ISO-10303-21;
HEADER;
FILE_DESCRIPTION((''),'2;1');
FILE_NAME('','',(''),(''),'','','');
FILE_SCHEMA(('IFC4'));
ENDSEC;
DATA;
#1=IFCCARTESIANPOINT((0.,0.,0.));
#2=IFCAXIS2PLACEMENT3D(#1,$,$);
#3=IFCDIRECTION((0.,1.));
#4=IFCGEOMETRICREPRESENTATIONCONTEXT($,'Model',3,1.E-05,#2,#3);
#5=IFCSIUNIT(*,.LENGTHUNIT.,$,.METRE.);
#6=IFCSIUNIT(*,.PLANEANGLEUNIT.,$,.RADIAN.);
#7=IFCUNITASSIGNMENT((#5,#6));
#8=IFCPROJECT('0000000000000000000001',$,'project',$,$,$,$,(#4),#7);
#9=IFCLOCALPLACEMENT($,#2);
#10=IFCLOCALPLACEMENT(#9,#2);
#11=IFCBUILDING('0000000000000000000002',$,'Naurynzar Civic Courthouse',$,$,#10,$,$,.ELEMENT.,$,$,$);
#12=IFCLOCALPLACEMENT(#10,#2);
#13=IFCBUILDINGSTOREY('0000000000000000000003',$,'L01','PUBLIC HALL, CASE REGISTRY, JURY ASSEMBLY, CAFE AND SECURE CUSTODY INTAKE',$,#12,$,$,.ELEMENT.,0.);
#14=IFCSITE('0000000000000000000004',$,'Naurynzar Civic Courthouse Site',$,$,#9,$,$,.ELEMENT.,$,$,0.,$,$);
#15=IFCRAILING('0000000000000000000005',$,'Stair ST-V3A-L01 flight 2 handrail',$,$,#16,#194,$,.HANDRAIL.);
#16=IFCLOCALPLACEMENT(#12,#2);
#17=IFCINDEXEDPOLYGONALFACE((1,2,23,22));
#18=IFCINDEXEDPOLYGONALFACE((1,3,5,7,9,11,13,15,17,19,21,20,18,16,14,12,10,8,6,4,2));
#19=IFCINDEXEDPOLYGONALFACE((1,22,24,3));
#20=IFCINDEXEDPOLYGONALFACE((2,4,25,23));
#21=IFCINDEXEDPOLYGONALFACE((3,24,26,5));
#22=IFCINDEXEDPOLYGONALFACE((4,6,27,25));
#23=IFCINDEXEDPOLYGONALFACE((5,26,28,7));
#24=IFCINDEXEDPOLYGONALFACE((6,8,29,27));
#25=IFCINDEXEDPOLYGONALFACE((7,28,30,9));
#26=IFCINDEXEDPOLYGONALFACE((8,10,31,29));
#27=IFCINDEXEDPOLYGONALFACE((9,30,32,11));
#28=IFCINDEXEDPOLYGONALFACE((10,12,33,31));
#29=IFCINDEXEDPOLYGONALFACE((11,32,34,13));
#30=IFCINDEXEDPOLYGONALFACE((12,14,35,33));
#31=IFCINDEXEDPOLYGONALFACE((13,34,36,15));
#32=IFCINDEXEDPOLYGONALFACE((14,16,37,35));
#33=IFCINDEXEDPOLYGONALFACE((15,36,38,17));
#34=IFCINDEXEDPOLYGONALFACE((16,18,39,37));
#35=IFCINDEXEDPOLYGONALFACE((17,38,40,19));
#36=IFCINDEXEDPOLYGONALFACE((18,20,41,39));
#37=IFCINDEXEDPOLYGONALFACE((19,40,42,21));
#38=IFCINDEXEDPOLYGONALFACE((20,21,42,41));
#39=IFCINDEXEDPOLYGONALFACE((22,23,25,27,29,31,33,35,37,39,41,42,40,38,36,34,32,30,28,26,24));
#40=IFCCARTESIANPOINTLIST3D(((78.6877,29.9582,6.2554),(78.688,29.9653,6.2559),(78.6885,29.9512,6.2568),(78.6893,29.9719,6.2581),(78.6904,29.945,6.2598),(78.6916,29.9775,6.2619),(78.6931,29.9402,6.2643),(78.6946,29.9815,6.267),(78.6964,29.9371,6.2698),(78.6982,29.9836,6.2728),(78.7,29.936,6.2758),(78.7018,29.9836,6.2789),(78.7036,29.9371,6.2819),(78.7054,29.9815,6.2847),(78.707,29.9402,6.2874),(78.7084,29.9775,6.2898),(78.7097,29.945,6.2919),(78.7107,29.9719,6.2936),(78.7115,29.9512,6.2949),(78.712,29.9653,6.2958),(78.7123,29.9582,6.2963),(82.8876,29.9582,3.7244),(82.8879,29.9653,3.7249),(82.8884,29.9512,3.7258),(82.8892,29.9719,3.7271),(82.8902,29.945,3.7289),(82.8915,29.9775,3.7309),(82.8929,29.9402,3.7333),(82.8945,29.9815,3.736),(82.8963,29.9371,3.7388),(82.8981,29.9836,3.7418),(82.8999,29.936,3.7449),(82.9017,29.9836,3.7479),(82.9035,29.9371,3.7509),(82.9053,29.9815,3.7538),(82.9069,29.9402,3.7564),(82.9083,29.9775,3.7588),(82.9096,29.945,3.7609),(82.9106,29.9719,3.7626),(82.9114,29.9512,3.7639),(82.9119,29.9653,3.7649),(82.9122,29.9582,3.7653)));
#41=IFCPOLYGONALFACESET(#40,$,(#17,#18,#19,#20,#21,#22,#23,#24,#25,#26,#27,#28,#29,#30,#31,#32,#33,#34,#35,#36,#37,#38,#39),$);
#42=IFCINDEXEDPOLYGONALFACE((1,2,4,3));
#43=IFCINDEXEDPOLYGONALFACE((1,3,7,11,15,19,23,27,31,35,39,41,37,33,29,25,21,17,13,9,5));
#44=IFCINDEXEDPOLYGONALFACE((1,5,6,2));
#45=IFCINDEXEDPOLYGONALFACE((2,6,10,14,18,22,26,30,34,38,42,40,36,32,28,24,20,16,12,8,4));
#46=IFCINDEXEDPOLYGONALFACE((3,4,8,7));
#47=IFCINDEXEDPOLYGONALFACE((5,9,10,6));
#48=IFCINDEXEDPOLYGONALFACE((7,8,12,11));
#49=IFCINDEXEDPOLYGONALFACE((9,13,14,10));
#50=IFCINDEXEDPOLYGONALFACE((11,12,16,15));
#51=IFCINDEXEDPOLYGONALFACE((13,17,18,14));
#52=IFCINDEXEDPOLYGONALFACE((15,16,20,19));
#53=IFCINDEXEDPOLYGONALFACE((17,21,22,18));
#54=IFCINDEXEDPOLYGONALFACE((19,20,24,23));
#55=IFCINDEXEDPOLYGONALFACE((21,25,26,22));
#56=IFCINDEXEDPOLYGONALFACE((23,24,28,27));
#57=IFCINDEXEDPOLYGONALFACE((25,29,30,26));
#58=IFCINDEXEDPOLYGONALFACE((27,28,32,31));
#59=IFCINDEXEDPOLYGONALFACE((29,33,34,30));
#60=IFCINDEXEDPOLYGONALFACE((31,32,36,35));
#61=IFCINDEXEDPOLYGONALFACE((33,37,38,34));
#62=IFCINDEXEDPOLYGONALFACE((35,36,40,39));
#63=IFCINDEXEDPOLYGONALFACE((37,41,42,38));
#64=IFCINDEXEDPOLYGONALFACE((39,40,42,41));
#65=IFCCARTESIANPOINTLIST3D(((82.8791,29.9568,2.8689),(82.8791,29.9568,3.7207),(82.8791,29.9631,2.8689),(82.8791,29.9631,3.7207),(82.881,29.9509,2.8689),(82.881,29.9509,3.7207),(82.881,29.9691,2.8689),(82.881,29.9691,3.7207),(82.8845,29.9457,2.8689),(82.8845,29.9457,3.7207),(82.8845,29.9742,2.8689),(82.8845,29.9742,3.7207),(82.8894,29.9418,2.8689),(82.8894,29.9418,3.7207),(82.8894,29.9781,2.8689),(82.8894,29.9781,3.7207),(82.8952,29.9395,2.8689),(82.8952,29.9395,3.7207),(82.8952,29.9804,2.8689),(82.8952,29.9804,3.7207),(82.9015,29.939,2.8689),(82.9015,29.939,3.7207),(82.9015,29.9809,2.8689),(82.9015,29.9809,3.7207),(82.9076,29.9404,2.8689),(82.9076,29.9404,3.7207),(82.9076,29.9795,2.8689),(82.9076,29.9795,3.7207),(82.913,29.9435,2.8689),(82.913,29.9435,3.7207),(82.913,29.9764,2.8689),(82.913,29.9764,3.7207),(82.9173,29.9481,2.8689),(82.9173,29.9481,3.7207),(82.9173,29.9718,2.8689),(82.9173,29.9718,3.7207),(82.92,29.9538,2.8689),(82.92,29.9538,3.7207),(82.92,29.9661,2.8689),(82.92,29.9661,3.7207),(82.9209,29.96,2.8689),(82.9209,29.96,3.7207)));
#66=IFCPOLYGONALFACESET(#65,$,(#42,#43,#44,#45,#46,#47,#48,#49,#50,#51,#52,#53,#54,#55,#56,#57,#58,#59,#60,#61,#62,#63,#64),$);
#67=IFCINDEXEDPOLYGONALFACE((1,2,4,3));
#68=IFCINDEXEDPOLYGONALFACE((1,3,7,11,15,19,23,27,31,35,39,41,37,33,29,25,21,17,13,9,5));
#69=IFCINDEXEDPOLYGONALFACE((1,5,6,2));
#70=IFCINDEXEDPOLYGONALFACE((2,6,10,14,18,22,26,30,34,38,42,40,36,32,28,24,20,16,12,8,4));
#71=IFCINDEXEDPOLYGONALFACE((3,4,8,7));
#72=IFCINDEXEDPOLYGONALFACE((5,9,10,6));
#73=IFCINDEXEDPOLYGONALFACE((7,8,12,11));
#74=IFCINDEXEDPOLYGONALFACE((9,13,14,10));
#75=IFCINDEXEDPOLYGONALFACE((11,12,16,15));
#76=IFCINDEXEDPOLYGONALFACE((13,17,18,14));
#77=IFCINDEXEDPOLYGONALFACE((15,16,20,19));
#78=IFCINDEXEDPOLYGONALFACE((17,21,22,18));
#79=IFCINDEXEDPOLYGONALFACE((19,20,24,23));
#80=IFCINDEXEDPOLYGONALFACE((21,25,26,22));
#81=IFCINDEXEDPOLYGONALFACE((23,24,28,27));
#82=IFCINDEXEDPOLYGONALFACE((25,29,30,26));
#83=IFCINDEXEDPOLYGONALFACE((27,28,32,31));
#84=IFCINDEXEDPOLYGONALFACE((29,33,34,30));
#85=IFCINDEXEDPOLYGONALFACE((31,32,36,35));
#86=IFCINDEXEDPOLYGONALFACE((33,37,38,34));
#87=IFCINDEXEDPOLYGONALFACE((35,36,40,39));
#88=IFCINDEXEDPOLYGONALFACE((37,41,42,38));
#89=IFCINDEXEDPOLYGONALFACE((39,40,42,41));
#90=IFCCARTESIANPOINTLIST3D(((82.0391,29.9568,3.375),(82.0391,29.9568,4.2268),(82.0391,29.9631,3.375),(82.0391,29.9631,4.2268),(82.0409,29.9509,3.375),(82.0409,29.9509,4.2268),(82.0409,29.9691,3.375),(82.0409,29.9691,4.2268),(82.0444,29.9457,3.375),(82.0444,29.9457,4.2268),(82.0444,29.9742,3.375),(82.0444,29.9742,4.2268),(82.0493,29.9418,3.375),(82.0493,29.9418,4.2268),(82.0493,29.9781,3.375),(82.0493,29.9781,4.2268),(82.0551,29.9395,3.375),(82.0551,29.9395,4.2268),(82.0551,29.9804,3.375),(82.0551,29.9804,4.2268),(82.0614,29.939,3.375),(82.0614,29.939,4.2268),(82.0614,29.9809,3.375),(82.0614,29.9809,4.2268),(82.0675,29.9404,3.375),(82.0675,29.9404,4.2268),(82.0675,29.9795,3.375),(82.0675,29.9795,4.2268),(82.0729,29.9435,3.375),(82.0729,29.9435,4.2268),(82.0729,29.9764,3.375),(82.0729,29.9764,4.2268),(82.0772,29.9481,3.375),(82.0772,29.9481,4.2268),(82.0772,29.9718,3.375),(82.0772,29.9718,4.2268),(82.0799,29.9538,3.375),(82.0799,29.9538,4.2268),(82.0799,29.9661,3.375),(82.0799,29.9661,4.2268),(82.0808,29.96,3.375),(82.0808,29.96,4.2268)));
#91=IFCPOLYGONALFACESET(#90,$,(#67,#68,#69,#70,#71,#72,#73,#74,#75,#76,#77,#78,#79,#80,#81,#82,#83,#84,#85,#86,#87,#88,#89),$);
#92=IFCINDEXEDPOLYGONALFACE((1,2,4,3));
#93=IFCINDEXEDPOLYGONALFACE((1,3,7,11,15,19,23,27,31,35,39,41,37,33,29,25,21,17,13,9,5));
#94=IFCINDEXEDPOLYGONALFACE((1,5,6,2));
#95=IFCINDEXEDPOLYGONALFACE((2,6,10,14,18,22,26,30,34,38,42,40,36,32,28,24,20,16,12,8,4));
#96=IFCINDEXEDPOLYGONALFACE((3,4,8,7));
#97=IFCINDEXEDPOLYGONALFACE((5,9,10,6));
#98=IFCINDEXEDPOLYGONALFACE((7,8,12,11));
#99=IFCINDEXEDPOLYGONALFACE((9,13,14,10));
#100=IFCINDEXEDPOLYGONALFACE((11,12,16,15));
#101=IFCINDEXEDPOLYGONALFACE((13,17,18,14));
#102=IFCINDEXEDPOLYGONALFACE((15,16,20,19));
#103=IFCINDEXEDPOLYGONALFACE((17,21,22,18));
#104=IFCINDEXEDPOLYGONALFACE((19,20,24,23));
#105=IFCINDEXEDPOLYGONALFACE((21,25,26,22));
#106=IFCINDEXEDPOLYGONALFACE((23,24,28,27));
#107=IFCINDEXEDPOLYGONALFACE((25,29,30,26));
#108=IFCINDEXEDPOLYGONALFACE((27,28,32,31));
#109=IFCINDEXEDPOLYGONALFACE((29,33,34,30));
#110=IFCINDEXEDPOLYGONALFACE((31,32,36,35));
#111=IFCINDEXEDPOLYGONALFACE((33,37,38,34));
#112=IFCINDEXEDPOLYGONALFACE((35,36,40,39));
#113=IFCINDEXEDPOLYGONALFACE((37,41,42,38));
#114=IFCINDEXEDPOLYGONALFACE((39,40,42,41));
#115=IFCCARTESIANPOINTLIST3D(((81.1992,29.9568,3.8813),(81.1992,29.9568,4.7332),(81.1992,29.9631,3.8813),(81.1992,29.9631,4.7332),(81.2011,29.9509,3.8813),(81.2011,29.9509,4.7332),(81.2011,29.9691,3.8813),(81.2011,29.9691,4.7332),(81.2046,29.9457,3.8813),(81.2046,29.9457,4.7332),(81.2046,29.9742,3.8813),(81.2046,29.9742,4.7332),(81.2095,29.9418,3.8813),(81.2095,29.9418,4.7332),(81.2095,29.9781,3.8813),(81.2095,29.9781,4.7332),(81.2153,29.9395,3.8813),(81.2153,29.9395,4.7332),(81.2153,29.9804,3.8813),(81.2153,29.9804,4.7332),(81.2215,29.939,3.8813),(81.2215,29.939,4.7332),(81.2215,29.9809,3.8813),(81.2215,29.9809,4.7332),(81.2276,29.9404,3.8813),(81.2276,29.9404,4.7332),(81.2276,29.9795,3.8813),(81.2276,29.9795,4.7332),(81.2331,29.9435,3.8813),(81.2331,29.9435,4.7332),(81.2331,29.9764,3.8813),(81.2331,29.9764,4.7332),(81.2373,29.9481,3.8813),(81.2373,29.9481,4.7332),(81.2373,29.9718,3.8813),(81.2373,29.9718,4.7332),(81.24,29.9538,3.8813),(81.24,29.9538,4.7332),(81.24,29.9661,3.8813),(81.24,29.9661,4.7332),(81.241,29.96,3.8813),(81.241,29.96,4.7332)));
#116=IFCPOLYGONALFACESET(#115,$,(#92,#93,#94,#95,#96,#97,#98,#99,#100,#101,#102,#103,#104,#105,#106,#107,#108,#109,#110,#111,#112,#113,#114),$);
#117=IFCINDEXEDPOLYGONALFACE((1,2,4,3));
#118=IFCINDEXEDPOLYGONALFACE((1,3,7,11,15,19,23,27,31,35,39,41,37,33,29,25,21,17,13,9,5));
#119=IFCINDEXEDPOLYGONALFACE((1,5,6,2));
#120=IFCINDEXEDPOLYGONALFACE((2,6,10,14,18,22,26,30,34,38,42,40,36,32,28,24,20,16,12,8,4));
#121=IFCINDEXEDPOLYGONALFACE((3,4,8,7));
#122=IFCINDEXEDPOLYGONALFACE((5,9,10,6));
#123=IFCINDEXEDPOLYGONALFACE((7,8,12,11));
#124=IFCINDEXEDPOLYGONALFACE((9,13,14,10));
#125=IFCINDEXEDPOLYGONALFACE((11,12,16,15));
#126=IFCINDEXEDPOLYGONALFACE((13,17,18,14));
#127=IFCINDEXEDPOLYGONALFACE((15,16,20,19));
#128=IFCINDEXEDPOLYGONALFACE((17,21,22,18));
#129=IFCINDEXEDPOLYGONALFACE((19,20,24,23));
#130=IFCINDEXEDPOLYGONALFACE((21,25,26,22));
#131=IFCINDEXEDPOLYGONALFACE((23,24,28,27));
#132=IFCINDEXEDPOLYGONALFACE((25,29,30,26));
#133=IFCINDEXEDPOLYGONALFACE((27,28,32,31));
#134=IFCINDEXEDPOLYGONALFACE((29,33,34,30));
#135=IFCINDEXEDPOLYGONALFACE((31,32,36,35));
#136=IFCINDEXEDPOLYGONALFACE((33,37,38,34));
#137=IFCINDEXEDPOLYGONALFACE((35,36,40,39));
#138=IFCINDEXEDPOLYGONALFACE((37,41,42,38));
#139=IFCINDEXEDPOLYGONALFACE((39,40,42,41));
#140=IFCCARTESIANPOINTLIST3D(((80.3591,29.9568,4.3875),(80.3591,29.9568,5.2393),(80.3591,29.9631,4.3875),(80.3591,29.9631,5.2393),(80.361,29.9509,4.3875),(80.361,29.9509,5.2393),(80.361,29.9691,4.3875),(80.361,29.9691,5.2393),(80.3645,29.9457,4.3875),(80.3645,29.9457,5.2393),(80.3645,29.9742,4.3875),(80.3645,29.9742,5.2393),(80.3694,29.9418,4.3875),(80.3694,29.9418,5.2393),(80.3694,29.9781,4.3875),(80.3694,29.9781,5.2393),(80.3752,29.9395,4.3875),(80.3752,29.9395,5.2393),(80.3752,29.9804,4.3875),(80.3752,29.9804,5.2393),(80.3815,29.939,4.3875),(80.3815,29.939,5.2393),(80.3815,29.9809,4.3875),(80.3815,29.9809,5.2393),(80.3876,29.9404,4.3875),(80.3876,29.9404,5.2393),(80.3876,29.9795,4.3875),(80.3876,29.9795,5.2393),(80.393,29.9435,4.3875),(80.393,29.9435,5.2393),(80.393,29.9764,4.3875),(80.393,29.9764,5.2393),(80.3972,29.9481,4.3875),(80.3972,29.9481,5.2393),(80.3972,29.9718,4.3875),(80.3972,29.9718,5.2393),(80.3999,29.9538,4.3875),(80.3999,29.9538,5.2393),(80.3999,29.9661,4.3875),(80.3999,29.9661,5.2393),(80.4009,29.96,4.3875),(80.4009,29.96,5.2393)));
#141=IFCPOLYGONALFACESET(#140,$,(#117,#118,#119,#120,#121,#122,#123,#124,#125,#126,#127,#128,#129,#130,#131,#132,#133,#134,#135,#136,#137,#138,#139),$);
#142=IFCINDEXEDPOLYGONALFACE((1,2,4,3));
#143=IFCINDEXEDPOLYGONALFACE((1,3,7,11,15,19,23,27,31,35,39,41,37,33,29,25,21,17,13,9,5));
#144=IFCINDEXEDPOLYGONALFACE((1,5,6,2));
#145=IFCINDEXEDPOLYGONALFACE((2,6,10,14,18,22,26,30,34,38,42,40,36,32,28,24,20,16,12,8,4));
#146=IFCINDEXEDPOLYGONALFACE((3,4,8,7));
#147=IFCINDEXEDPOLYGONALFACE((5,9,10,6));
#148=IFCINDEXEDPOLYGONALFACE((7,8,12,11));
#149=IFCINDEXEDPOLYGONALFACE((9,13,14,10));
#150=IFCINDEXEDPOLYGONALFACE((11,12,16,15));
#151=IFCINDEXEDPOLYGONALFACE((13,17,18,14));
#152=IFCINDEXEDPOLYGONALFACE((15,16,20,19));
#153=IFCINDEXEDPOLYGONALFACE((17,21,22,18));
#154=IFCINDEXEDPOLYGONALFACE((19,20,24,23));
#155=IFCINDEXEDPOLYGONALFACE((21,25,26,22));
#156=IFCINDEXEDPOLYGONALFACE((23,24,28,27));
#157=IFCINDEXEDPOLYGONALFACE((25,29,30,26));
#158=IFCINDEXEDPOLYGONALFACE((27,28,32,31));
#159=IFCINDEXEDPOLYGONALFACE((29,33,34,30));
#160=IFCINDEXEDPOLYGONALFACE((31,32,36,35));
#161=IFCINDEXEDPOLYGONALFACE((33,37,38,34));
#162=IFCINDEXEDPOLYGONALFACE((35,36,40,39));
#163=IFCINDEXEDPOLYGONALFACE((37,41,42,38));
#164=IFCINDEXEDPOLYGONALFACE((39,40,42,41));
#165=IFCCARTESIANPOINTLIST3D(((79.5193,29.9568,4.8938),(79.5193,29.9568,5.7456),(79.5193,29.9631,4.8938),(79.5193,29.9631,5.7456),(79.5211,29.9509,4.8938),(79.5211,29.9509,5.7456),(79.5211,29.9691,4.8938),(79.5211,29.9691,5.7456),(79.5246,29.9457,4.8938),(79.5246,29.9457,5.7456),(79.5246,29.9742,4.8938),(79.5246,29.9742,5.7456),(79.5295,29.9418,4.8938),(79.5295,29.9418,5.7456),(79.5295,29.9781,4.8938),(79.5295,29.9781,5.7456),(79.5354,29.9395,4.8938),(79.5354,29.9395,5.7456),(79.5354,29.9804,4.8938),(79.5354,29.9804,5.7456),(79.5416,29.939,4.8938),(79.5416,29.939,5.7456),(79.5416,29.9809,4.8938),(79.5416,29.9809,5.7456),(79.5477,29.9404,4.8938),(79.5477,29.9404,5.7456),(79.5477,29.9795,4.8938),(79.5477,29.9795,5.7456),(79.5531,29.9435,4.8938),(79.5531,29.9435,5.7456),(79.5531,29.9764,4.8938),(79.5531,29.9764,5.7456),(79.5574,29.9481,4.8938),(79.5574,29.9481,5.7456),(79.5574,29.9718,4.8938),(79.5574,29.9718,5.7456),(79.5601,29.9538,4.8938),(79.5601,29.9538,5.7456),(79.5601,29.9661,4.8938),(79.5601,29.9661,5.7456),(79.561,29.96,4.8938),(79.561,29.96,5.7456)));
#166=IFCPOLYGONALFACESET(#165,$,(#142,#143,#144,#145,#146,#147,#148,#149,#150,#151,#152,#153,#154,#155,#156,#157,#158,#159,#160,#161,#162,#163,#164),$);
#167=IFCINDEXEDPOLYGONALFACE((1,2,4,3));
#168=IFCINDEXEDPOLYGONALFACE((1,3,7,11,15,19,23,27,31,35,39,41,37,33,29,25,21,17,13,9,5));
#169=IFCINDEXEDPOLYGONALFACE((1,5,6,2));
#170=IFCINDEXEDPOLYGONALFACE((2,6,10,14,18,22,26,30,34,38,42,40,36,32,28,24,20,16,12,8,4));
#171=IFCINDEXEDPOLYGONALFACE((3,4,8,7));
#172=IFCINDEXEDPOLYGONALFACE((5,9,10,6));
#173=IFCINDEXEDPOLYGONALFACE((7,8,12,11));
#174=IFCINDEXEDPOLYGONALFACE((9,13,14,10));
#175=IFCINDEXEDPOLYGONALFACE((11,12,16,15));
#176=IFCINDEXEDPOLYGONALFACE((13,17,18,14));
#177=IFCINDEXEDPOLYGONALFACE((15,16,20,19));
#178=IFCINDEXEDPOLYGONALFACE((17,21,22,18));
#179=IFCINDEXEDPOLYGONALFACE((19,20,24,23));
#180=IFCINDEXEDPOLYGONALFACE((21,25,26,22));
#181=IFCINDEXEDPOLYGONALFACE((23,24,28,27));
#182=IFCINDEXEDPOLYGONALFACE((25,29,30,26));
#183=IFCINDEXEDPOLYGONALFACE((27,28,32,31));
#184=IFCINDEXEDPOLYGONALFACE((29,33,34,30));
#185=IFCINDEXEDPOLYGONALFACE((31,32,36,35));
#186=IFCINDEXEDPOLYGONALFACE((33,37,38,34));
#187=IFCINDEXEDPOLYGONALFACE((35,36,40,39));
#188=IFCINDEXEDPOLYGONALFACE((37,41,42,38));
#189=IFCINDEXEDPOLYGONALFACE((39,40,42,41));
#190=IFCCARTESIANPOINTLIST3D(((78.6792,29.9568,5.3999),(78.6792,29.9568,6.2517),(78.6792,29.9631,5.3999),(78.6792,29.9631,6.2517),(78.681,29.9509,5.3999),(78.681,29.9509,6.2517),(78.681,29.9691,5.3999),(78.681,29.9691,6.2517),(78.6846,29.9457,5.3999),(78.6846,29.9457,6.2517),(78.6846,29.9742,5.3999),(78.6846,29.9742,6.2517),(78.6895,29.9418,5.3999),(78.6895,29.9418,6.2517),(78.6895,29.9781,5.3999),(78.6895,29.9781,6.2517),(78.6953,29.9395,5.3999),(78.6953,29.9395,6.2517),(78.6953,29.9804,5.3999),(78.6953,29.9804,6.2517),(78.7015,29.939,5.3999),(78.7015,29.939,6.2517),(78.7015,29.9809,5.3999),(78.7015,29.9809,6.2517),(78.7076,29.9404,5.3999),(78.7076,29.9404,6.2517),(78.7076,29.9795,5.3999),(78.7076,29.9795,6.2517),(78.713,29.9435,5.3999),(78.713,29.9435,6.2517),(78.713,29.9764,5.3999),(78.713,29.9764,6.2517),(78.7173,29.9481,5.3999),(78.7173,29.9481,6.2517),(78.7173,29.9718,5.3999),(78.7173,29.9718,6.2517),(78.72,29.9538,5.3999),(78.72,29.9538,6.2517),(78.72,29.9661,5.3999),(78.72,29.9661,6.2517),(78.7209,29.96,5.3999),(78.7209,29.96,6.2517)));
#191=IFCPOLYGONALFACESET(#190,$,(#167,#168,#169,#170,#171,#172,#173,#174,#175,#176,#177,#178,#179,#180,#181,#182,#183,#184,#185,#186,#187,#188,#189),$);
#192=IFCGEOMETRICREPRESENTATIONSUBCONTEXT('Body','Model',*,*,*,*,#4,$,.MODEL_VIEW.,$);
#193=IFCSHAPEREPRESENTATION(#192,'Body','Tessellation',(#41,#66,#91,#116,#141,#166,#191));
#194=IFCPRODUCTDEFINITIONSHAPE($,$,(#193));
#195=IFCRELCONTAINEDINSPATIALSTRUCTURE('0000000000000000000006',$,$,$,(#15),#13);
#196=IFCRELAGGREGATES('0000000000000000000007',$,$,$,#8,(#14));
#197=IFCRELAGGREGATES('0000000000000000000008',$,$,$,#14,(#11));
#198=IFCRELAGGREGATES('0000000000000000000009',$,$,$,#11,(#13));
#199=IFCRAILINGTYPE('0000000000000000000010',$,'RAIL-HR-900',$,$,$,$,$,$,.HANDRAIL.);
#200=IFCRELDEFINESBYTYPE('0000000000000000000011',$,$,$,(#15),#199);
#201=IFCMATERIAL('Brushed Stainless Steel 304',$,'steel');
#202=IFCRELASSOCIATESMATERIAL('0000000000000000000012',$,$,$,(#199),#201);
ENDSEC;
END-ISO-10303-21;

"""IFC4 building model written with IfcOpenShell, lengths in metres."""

from ifc_helpers import new_model, si_unit, direction, frame, origin, origin_2d, place, context, subcontext, project, spatial, circle, extrude, material, type_object, element, save


model = new_model("IFC4")

# Units and contexts
model_context = context("Model", 3, precision=1e-05, world=origin(), true_north=direction((0.0, 1.0)))
body_context = subcontext(model_context, "Body", "Model", "MODEL_VIEW")
ifc_project = project(units=[si_unit("LENGTHUNIT", "METRE"), si_unit("PLANEANGLEUNIT", "RADIAN")], contexts=[model_context])

# Site, building, storey
site_placement = place(None, origin())
site = spatial("IfcSite", under=ifc_project, at=site_placement, Name="Naurynzar Civic Courthouse Site", CompositionType="ELEMENT", RefElevation=0.0)
building_placement = place(site_placement, origin())
building = spatial("IfcBuilding", under=site, at=building_placement, Name="Naurynzar Civic Courthouse", CompositionType="ELEMENT")
storey_placement = place(building_placement, origin())
storey = spatial("IfcBuildingStorey", under=building, at=storey_placement, Name="L01", Description="PUBLIC HALL, CASE REGISTRY, JURY ASSEMBLY, CAFE AND SECURE CUSTODY INTAKE", CompositionType="ELEMENT", Elevation=0.0)

# Railing
ifc_material_1 = material(Name="Brushed Stainless Steel 304", Category="steel")
railing_type_1 = type_object("IfcRailingType", Name="RAIL-HR-900", PredefinedType="HANDRAIL", material=ifc_material_1)
railing_1_placement = place(storey_placement, frame((82.8999, 29.96, 2.8689)))
element("IfcRailing", 1, at=railing_1_placement, inside=storey, type_object=railing_type_1, Name="Stair ST-V3A-L01 flight 2 handrail", PredefinedType="HANDRAIL", context=body_context, shape_type="SweptSolid", body=[
    extrude(circle(Radius=0.0239, at=origin_2d()), frame((0.0, 0.0, 0.876), z_axis=(-0.856499, 0.0, 0.51615), x_axis=(0.0, -1.0, 0.0)), (0.0, 0.0, 1.0), 4.9036),
    extrude(circle(Radius=0.021, at=origin_2d()), origin(), (0.0, 0.0, 1.0), 0.8518),
    extrude(circle(Radius=0.021, at=origin_2d()), frame((-0.8401, 0.0, 0.5061)), (0.0, 0.0, 1.0), 0.8518),
    extrude(circle(Radius=0.021, at=origin_2d()), frame((-1.6799, 0.0, 1.0125)), (0.0, 0.0, 1.0), 0.8518),
    extrude(circle(Radius=0.021, at=origin_2d()), frame((-2.52, 0.0, 1.5186)), (0.0, 0.0, 1.0), 0.8518),
    extrude(circle(Radius=0.021, at=origin_2d()), frame((-3.3599, 0.0, 2.0249)), (0.0, 0.0, 1.0), 0.8518),
    extrude(circle(Radius=0.021, at=origin_2d()), frame((-4.2, 0.0, 2.531)), (0.0, 0.0, 1.0), 0.8518),
])

save(model, "model.ifc")
